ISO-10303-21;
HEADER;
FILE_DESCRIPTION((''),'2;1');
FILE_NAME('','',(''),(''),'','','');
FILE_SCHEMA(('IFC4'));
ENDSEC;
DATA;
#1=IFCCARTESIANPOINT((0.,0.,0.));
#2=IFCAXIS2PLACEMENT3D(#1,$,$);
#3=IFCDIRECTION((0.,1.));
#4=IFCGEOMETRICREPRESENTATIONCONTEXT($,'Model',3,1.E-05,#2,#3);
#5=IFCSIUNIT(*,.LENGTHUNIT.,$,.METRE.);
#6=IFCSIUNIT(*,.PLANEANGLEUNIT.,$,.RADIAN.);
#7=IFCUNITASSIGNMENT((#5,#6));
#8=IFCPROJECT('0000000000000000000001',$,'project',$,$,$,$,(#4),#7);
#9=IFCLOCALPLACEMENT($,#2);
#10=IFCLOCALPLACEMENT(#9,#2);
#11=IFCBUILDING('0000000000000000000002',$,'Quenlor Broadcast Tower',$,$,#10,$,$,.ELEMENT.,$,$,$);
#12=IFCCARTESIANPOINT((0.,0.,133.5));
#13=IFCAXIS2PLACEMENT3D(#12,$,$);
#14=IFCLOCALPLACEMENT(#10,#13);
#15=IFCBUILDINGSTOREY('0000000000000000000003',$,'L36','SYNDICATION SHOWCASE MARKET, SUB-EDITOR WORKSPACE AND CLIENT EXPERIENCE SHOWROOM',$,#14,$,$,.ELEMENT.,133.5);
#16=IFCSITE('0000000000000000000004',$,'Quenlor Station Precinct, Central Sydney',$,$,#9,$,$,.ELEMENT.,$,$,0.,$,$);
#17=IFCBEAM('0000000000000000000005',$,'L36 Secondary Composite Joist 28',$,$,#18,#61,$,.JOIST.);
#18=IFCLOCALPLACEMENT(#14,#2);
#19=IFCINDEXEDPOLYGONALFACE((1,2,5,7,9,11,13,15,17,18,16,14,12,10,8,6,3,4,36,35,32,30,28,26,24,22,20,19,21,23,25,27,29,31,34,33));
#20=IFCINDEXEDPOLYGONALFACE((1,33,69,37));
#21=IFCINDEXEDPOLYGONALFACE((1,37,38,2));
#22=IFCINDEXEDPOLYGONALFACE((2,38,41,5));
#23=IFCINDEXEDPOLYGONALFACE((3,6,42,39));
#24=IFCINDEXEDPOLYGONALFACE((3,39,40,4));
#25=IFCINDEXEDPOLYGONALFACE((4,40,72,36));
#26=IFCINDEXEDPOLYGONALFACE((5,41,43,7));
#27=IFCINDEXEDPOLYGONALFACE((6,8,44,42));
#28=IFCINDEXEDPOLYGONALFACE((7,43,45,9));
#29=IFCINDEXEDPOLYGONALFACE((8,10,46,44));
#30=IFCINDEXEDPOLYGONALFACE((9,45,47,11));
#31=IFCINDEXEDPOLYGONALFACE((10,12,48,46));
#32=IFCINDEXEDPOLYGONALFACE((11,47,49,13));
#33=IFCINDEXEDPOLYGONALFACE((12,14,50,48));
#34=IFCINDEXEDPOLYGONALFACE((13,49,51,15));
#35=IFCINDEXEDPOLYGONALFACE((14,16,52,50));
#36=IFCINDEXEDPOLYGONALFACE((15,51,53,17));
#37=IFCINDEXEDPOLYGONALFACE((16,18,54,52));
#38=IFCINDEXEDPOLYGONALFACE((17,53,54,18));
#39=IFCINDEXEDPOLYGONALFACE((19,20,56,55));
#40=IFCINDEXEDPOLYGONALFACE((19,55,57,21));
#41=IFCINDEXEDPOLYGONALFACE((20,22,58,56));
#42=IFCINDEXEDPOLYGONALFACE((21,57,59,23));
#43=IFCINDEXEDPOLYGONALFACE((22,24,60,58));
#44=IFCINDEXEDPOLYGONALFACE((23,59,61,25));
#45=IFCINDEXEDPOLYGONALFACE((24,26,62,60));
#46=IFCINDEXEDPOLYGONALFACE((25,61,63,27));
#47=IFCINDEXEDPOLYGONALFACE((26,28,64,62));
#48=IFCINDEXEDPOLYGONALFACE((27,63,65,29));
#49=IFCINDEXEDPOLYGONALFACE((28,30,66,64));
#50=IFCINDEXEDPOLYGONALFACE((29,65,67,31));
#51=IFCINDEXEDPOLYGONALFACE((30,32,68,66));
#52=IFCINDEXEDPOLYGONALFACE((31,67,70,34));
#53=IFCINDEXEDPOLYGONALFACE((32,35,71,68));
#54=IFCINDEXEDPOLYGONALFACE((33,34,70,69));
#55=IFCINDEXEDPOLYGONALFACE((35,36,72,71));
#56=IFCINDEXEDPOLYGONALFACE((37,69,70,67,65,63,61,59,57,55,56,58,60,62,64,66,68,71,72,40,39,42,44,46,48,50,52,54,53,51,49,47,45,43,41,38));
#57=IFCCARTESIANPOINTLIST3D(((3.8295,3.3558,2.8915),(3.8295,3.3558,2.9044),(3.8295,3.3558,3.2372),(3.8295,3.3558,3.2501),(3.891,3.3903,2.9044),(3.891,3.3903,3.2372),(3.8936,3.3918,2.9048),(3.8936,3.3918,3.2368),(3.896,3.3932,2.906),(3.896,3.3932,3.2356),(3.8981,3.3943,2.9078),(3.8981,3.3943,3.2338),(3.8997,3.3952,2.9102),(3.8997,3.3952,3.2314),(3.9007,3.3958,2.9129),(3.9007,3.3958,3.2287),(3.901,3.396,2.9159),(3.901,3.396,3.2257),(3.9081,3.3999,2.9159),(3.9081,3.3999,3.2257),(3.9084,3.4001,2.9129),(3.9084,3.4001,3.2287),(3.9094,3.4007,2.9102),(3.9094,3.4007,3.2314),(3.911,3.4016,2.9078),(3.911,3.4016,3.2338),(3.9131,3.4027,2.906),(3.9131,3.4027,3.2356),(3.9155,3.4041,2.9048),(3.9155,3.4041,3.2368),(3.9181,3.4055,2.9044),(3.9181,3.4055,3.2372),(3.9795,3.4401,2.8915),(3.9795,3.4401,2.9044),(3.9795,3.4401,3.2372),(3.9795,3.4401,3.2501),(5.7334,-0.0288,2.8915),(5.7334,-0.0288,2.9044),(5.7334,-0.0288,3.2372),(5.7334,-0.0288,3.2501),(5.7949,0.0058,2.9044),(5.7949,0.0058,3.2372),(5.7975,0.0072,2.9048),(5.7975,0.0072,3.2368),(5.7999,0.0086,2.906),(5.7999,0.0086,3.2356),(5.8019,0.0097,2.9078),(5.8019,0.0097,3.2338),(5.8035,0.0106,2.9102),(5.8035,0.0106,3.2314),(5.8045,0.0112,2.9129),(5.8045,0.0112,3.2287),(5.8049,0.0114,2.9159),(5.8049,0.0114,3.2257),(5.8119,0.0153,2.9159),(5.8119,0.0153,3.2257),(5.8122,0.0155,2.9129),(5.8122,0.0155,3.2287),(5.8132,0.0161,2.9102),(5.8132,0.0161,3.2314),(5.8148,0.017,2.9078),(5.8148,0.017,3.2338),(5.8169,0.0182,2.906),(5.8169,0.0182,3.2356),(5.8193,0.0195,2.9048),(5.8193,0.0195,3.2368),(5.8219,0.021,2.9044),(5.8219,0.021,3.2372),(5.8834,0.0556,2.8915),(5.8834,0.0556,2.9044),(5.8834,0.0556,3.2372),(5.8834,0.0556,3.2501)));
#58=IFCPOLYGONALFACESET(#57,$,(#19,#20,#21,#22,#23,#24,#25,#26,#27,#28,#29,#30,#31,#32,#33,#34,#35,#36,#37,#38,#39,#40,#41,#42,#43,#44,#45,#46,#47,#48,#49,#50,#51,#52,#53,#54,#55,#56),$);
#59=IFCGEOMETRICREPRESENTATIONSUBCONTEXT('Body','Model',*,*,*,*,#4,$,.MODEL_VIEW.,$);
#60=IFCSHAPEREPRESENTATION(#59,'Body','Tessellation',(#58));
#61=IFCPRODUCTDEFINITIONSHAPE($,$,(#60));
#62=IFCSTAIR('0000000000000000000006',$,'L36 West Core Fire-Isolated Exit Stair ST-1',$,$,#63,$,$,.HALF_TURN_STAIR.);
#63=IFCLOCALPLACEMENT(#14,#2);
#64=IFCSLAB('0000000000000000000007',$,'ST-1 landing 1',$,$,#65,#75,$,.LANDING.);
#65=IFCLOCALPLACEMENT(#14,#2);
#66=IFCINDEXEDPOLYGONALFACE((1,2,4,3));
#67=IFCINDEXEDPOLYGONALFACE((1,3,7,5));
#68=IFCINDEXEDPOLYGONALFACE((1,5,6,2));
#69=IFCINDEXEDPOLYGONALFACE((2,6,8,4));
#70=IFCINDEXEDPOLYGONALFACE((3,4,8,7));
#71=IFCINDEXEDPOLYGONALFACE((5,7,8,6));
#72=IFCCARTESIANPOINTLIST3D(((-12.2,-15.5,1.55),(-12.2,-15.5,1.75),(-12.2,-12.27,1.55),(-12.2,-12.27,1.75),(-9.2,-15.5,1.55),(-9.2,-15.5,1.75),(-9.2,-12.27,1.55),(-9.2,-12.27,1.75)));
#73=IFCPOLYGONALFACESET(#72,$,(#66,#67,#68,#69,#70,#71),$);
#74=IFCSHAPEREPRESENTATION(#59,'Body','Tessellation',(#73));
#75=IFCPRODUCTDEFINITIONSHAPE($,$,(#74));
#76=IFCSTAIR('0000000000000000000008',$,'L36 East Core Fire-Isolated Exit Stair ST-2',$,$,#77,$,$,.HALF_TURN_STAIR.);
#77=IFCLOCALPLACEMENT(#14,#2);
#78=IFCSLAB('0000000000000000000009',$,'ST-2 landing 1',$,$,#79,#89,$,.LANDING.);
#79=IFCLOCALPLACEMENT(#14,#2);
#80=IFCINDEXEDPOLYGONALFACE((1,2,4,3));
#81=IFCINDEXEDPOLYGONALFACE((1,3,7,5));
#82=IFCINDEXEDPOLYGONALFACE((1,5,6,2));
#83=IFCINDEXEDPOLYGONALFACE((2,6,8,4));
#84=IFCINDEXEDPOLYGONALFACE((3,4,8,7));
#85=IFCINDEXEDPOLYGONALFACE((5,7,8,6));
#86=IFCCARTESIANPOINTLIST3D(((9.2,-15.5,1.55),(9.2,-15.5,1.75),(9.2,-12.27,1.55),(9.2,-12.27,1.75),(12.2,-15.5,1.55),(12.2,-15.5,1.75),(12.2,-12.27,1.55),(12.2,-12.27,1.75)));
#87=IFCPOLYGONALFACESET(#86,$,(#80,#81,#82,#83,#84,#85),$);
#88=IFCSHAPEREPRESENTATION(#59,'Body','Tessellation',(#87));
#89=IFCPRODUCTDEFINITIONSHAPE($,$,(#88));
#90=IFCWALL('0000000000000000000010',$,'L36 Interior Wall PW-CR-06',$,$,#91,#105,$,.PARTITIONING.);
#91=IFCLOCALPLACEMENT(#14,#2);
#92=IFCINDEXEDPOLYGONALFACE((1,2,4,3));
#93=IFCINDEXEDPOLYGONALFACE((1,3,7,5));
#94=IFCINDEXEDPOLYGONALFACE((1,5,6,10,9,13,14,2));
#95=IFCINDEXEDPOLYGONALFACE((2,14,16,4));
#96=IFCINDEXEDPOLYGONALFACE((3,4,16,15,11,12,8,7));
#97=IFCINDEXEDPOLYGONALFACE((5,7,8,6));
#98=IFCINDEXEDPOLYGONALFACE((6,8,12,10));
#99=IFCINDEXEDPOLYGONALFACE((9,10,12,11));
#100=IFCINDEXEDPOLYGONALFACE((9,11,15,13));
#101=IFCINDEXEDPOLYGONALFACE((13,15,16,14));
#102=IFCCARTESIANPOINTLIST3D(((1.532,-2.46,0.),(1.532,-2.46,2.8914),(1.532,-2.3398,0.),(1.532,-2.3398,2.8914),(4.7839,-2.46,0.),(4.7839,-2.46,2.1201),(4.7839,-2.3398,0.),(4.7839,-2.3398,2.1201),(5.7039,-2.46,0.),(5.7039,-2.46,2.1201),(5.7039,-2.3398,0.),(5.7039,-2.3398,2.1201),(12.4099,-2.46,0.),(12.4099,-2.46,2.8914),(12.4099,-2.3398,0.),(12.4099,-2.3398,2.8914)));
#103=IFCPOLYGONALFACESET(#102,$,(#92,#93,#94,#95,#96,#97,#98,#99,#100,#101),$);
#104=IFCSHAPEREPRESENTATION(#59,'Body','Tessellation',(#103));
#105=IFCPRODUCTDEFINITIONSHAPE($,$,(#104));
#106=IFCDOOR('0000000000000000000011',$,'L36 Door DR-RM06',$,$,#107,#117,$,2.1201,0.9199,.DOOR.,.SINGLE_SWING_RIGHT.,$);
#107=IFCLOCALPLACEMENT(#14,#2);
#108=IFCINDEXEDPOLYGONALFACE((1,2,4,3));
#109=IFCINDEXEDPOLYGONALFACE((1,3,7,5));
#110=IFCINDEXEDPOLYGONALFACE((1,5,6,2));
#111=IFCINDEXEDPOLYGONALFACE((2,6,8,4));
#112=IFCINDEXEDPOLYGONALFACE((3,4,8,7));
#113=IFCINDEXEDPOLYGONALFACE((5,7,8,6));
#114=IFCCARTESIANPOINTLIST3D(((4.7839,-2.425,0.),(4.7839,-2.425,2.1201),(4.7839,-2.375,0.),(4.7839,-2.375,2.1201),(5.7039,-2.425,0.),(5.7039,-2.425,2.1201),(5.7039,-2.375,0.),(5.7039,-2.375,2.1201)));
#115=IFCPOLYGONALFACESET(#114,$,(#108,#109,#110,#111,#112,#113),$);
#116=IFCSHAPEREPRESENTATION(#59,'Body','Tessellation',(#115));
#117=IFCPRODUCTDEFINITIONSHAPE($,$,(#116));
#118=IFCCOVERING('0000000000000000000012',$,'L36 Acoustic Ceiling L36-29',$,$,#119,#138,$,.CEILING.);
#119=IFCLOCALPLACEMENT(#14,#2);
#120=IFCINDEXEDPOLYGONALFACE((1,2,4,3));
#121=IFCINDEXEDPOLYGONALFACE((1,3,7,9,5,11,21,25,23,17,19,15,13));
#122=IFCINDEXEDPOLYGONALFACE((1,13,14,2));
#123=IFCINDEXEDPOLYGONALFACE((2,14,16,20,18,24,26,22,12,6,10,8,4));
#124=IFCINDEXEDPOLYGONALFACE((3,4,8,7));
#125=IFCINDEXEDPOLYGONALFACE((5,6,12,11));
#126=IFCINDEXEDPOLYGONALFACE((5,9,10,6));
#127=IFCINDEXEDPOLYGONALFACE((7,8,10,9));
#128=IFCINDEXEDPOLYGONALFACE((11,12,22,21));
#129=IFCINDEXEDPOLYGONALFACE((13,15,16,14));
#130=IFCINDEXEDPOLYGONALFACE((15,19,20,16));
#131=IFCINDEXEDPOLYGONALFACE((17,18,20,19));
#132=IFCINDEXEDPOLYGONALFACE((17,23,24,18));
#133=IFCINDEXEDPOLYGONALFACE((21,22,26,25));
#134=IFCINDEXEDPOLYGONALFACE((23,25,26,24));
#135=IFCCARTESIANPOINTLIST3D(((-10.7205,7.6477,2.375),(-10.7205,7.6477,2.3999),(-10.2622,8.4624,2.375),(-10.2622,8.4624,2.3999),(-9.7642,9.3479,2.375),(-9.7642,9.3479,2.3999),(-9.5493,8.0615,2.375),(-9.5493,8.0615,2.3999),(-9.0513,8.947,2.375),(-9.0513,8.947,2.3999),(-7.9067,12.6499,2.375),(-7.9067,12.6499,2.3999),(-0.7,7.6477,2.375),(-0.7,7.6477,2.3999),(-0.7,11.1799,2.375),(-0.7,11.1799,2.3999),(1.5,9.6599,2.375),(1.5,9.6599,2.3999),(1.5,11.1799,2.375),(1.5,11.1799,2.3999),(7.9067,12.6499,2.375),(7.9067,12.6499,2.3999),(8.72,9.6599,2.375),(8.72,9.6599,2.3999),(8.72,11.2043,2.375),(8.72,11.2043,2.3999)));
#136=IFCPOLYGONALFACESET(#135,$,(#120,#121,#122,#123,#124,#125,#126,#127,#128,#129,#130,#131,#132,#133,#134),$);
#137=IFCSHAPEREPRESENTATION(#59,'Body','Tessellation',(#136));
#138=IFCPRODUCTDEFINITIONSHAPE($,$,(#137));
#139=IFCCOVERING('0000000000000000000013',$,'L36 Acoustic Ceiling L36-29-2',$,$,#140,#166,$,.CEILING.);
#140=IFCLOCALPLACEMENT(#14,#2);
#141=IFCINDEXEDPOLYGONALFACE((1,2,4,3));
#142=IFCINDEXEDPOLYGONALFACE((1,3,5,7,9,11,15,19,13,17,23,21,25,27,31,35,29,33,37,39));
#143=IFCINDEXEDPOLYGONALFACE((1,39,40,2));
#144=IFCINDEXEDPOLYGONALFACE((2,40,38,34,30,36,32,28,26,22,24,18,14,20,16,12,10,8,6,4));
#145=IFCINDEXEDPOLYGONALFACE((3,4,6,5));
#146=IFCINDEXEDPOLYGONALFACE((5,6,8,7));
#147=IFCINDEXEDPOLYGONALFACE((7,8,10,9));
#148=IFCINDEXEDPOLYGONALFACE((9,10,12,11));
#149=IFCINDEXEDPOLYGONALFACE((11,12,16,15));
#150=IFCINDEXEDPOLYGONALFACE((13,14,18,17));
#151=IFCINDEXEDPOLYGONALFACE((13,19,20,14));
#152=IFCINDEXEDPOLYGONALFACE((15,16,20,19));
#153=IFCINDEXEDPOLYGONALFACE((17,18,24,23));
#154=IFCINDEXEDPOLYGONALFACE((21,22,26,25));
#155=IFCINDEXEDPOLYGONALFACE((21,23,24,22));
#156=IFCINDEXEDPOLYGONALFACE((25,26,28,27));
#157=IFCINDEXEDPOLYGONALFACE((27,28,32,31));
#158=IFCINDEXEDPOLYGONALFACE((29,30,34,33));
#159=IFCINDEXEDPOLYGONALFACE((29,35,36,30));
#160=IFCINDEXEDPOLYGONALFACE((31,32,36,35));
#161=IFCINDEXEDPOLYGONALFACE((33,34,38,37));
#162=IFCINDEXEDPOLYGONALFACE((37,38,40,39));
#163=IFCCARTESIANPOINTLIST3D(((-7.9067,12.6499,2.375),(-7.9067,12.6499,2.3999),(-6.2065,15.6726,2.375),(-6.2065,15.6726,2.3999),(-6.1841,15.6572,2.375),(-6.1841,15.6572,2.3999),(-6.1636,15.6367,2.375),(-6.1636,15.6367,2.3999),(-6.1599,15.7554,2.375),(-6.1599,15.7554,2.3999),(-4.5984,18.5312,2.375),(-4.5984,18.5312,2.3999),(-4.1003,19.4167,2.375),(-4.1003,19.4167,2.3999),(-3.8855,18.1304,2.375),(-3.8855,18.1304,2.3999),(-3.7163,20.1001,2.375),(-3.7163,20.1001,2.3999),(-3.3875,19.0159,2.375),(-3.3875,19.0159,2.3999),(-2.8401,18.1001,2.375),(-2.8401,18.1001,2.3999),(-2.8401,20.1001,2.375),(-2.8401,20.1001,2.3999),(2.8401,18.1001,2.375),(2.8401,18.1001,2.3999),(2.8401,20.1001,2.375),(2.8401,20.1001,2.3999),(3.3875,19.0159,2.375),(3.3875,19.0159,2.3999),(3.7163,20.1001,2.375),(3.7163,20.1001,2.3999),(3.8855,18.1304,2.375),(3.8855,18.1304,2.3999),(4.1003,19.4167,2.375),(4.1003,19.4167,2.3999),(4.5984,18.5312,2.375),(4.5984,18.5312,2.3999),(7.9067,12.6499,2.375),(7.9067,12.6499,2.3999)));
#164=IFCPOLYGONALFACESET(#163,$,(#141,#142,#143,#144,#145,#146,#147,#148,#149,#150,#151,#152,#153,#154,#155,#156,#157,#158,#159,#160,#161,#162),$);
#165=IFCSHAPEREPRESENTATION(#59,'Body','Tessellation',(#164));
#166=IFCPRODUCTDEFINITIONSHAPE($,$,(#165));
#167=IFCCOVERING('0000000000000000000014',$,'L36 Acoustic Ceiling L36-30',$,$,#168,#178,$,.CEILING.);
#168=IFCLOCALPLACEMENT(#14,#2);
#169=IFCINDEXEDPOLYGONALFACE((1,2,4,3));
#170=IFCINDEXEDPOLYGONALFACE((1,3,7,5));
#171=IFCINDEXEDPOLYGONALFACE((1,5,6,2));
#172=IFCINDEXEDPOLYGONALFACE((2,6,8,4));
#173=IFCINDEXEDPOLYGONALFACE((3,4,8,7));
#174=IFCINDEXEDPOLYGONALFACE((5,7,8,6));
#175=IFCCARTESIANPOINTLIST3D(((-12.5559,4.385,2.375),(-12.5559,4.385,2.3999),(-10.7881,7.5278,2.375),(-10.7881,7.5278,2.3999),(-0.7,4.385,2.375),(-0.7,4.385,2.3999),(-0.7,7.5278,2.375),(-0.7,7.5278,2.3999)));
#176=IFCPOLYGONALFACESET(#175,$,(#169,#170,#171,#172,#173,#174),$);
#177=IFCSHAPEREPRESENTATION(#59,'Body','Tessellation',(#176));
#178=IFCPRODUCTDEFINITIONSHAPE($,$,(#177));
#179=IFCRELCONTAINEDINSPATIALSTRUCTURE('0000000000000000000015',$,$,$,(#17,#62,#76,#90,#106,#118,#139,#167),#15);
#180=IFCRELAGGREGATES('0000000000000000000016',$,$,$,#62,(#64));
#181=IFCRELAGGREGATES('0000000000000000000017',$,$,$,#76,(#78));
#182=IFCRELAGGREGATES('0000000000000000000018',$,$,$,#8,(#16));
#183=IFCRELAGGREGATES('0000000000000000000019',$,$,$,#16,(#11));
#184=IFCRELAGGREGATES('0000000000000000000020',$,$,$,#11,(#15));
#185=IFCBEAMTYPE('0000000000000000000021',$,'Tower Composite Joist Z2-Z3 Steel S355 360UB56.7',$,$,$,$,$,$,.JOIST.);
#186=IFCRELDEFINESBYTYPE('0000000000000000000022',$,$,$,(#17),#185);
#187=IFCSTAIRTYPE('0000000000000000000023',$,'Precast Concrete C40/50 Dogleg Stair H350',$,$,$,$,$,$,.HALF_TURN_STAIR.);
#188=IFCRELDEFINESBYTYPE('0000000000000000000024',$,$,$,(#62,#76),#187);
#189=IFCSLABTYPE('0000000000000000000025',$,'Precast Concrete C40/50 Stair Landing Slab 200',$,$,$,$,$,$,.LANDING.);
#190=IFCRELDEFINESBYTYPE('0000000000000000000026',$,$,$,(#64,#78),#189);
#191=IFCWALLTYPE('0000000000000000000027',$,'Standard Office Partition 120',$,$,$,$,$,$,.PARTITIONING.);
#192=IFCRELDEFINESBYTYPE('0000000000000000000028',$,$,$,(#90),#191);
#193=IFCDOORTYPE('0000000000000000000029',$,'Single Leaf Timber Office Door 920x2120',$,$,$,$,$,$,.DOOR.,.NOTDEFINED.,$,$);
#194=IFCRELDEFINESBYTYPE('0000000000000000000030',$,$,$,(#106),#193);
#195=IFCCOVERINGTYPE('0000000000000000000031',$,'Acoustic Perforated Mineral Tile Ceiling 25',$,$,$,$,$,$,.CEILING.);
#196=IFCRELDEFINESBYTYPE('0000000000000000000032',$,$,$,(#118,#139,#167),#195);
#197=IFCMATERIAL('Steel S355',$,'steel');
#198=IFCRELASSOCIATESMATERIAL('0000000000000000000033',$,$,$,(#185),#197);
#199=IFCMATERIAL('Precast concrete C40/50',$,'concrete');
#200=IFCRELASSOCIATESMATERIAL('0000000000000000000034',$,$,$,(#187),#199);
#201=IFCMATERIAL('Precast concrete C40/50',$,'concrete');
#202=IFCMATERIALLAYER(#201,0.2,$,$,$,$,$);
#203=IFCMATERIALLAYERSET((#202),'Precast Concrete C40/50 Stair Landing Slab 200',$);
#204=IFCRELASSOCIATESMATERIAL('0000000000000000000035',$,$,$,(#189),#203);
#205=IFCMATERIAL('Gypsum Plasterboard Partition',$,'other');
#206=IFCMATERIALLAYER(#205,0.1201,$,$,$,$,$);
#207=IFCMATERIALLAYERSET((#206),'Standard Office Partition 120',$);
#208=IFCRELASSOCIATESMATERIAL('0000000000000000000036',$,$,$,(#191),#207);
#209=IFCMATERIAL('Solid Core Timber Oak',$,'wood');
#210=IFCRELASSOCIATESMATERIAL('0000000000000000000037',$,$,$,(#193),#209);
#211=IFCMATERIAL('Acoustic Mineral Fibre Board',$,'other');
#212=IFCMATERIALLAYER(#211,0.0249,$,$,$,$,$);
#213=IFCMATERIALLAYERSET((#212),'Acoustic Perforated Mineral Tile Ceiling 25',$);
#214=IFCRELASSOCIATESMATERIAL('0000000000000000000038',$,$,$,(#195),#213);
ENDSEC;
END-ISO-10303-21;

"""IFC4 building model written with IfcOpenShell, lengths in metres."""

from ifc_helpers import new_model, si_unit, direction, frame, frame_2d, origin, origin_2d, place, context, subcontext, project, spatial, polyline, rectangle, i_section, outline, extrude, material, layer, layer_set, material_profile, profile_set, type_object, element, fill, aggregate, save


model = new_model("IFC4")

# Units and contexts
model_context = context("Model", 3, precision=1e-05, world=origin(), true_north=direction((0.0, 1.0)))
body_context = subcontext(model_context, "Body", "Model", "MODEL_VIEW")
ifc_project = project(units=[si_unit("LENGTHUNIT", "METRE"), si_unit("PLANEANGLEUNIT", "RADIAN")], contexts=[model_context])

# Site, building, storey
site_placement = place(None, origin())
site = spatial("IfcSite", under=ifc_project, at=site_placement, Name="Quenlor Station Precinct, Central Sydney", CompositionType="ELEMENT", RefElevation=0.0)
building_placement = place(site_placement, origin())
building = spatial("IfcBuilding", under=site, at=building_placement, Name="Quenlor Broadcast Tower", CompositionType="ELEMENT")
storey_placement = place(building_placement, frame((0.0, 0.0, 133.5)))
storey = spatial("IfcBuildingStorey", under=building, at=storey_placement, Name="L36", Description="SYNDICATION SHOWCASE MARKET, SUB-EDITOR WORKSPACE AND CLIENT EXPERIENCE SHOWROOM", CompositionType="ELEMENT", Elevation=133.5)

# Beam
ifc_material_1 = material(Name="Steel S355", Category="steel")
ifc_material_profile = material_profile(ifc_material_1, i_section(OverallWidth=0.1721, OverallDepth=0.3586, WebThickness=0.0081, FlangeThickness=0.0129, FilletRadius=0.0115, at=origin_2d()))
ifc_profile_set = profile_set([ifc_material_profile], Name="Steel S355 360UB56.7")
beam_type = type_object("IfcBeamType", Name="Tower Composite Joist Z2-Z3 Steel S355 360UB56.7", PredefinedType="JOIST", material=ifc_profile_set)
beam_placement = place(storey_placement, frame((3.9045, 3.3979, 3.0708), z_axis=(0.490264, -0.871574, 0.0), x_axis=(0.871574, 0.490264, 0.0)))
element("IfcBeam", 1, at=beam_placement, inside=storey, type_object=beam_type, Name="L36 Secondary Composite Joist 28", PredefinedType="JOIST", context=body_context, shape_type="SweptSolid", body=[
    extrude(i_section(OverallWidth=0.1721, OverallDepth=0.3586, WebThickness=0.0081, FlangeThickness=0.0129, FilletRadius=0.0115, at=origin_2d()), origin(), (0.0, 0.0, 1.0), 3.8833),
])

# Stairs, slabs
ifc_material_2 = material(Name="Precast concrete C40/50", Category="concrete")
stair_type = type_object("IfcStairType", Name="Precast Concrete C40/50 Dogleg Stair H350", PredefinedType="HALF_TURN_STAIR", material=ifc_material_2)
stair_1_placement = place(storey_placement, origin())
stair_1 = element("IfcStair", 2, at=stair_1_placement, inside=storey, type_object=stair_type, Name="L36 West Core Fire-Isolated Exit Stair ST-1", PredefinedType="HALF_TURN_STAIR")
ifc_material_3 = material(Name="Precast concrete C40/50", Category="concrete")
ifc_layer_1 = layer(ifc_material_3, 0.2)
ifc_layer_set_1 = layer_set([ifc_layer_1], Name="Precast Concrete C40/50 Stair Landing Slab 200")
slab_type = type_object("IfcSlabType", Name="Precast Concrete C40/50 Stair Landing Slab 200", PredefinedType="LANDING", material=ifc_layer_set_1)
slab_1_placement = place(storey_placement, frame((0.0, 0.0, 1.55)))
slab_1 = element("IfcSlab", 3, at=slab_1_placement, type_object=slab_type, Name="ST-1 landing 1", PredefinedType="LANDING", context=body_context, shape_type="SweptSolid", body=[
    extrude(outline(polyline([(-12.2, -12.27), (-12.2, -15.5), (-9.2, -15.5), (-9.2, -12.27), (-12.2, -12.27)])), origin(), (0.0, 0.0, 1.0), 0.2),
])
aggregate(stair_1, [slab_1])
stair_2_placement = place(storey_placement, origin())
stair_2 = element("IfcStair", 4, at=stair_2_placement, inside=storey, type_object=stair_type, Name="L36 East Core Fire-Isolated Exit Stair ST-2", PredefinedType="HALF_TURN_STAIR")
slab_2_placement = place(storey_placement, frame((0.0, 0.0, 1.55)))
slab_2 = element("IfcSlab", 5, at=slab_2_placement, type_object=slab_type, Name="ST-2 landing 1", PredefinedType="LANDING", context=body_context, shape_type="SweptSolid", body=[
    extrude(outline(polyline([(9.2, -12.27), (9.2, -15.5), (12.2, -15.5), (12.2, -12.27), (9.2, -12.27)])), origin(), (0.0, 0.0, 1.0), 0.2),
])
aggregate(stair_2, [slab_2])

# Wall, opening, door
ifc_material_4 = material(Name="Gypsum Plasterboard Partition", Category="other")
ifc_layer_2 = layer(ifc_material_4, 0.1201)
ifc_layer_set_2 = layer_set([ifc_layer_2], Name="Standard Office Partition 120")
wall_type = type_object("IfcWallType", Name="Standard Office Partition 120", PredefinedType="PARTITIONING", material=ifc_layer_set_2)
wall_placement = place(storey_placement, frame((1.532, -2.3999, 0.0), z_axis=(0.0, 0.0, 1.0), x_axis=(1.0, 0.0, 0.0)))
wall = element("IfcWall", 6, at=wall_placement, inside=storey, type_object=wall_type, Name="L36 Interior Wall PW-CR-06", PredefinedType="PARTITIONING", context=body_context, shape_type="SweptSolid", body=[
    extrude(rectangle(XDim=10.8779, YDim=0.1201, at=frame_2d((5.439, 0.0))), origin(), (0.0, 0.0, 1.0), 2.8914),
])
opening_placement = place(wall_placement, frame((3.252, 0.0, 0.0)))
opening = element("IfcOpeningElement", 7, at=opening_placement, cuts=wall, PredefinedType="OPENING", context=body_context, shape_type="SweptSolid", body=[
    extrude(rectangle(XDim=0.9199, YDim=2.1201, at=frame_2d((0.46, 1.0601))), frame((0.0, 0.0701, 0.0), z_axis=(0.0, -1.0, 0.0), x_axis=(1.0, 0.0, 0.0)), (0.0, 0.0, 1.0), 0.1401),
])
ifc_material_5 = material(Name="Solid Core Timber Oak", Category="wood")
door_type = type_object("IfcDoorType", Name="Single Leaf Timber Office Door 920x2120", OperationType="NOTDEFINED", PredefinedType="DOOR", material=ifc_material_5)
door_placement = place(opening_placement, origin())
door = element("IfcDoor", 8, at=door_placement, inside=storey, type_object=door_type, Name="L36 Door DR-RM06", OperationType="SINGLE_SWING_RIGHT", OverallHeight=2.1201, OverallWidth=0.9199, PredefinedType="DOOR", context=body_context, shape_type="SweptSolid", body=[
    extrude(rectangle(XDim=0.9199, YDim=2.1201, at=frame_2d((0.46, 1.0601))), frame((0.0, 0.0249, 0.0), z_axis=(0.0, -1.0, 0.0), x_axis=(1.0, 0.0, 0.0)), (0.0, 0.0, 1.0), 0.05),
])
fill(opening, door)

# Coverings
ifc_material_6 = material(Name="Acoustic Mineral Fibre Board", Category="other")
ifc_layer_3 = layer(ifc_material_6, 0.0249)
ifc_layer_set_3 = layer_set([ifc_layer_3], Name="Acoustic Perforated Mineral Tile Ceiling 25")
covering_type_1 = type_object("IfcCoveringType", Name="Acoustic Perforated Mineral Tile Ceiling 25", PredefinedType="CEILING", material=ifc_layer_set_3)
covering_1_placement = place(storey_placement, frame((0.0, 0.0, 2.375)))
element("IfcCovering", 9, at=covering_1_placement, inside=storey, type_object=covering_type_1, Name="L36 Acoustic Ceiling L36-29", PredefinedType="CEILING", context=body_context, shape_type="SweptSolid", body=[
    extrude(outline(polyline([(8.72, 11.2043), (8.72, 9.6599), (1.5, 9.6599), (1.5, 11.1799), (-0.7, 11.1799), (-0.7, 7.6477), (-10.7205, 7.6477), (-10.2622, 8.4624), (-9.5493, 8.0615), (-9.0513, 8.947), (-9.7642, 9.3479), (-7.9067, 12.6499), (7.9067, 12.6499), (8.72, 11.2043)])), origin(), (0.0, 0.0, 1.0), 0.0249),
])
covering_2_placement = place(storey_placement, frame((0.0, 0.0, 2.375)))
element("IfcCovering", 10, at=covering_2_placement, inside=storey, type_object=covering_type_1, Name="L36 Acoustic Ceiling L36-29-2", PredefinedType="CEILING", context=body_context, shape_type="SweptSolid", body=[
    extrude(outline(polyline([(3.3875, 19.0159), (3.8855, 18.1304), (4.5984, 18.5312), (7.9067, 12.6499), (-7.9067, 12.6499), (-6.2065, 15.6726), (-6.1841, 15.6572), (-6.1636, 15.6367), (-6.1599, 15.7554), (-4.5984, 18.5312), (-3.8855, 18.1304), (-3.3875, 19.0159), (-4.1003, 19.4167), (-3.7163, 20.1001), (-2.8401, 20.1001), (-2.8401, 18.1001), (2.8401, 18.1001), (2.8401, 20.1001), (3.7163, 20.1001), (4.1003, 19.4167), (3.3875, 19.0159)])), origin(), (0.0, 0.0, 1.0), 0.0249),
])
covering_3_placement = place(storey_placement, frame((0.0, 0.0, 2.375)))
element("IfcCovering", 11, at=covering_3_placement, inside=storey, type_object=covering_type_1, Name="L36 Acoustic Ceiling L36-30", PredefinedType="CEILING", context=body_context, shape_type="SweptSolid", body=[
    extrude(outline(polyline([(-0.7, 7.5278), (-0.7, 4.385), (-12.5559, 4.385), (-10.7881, 7.5278), (-0.7, 7.5278)])), origin(), (0.0, 0.0, 1.0), 0.0249),
])

save(model, "model.ifc")
